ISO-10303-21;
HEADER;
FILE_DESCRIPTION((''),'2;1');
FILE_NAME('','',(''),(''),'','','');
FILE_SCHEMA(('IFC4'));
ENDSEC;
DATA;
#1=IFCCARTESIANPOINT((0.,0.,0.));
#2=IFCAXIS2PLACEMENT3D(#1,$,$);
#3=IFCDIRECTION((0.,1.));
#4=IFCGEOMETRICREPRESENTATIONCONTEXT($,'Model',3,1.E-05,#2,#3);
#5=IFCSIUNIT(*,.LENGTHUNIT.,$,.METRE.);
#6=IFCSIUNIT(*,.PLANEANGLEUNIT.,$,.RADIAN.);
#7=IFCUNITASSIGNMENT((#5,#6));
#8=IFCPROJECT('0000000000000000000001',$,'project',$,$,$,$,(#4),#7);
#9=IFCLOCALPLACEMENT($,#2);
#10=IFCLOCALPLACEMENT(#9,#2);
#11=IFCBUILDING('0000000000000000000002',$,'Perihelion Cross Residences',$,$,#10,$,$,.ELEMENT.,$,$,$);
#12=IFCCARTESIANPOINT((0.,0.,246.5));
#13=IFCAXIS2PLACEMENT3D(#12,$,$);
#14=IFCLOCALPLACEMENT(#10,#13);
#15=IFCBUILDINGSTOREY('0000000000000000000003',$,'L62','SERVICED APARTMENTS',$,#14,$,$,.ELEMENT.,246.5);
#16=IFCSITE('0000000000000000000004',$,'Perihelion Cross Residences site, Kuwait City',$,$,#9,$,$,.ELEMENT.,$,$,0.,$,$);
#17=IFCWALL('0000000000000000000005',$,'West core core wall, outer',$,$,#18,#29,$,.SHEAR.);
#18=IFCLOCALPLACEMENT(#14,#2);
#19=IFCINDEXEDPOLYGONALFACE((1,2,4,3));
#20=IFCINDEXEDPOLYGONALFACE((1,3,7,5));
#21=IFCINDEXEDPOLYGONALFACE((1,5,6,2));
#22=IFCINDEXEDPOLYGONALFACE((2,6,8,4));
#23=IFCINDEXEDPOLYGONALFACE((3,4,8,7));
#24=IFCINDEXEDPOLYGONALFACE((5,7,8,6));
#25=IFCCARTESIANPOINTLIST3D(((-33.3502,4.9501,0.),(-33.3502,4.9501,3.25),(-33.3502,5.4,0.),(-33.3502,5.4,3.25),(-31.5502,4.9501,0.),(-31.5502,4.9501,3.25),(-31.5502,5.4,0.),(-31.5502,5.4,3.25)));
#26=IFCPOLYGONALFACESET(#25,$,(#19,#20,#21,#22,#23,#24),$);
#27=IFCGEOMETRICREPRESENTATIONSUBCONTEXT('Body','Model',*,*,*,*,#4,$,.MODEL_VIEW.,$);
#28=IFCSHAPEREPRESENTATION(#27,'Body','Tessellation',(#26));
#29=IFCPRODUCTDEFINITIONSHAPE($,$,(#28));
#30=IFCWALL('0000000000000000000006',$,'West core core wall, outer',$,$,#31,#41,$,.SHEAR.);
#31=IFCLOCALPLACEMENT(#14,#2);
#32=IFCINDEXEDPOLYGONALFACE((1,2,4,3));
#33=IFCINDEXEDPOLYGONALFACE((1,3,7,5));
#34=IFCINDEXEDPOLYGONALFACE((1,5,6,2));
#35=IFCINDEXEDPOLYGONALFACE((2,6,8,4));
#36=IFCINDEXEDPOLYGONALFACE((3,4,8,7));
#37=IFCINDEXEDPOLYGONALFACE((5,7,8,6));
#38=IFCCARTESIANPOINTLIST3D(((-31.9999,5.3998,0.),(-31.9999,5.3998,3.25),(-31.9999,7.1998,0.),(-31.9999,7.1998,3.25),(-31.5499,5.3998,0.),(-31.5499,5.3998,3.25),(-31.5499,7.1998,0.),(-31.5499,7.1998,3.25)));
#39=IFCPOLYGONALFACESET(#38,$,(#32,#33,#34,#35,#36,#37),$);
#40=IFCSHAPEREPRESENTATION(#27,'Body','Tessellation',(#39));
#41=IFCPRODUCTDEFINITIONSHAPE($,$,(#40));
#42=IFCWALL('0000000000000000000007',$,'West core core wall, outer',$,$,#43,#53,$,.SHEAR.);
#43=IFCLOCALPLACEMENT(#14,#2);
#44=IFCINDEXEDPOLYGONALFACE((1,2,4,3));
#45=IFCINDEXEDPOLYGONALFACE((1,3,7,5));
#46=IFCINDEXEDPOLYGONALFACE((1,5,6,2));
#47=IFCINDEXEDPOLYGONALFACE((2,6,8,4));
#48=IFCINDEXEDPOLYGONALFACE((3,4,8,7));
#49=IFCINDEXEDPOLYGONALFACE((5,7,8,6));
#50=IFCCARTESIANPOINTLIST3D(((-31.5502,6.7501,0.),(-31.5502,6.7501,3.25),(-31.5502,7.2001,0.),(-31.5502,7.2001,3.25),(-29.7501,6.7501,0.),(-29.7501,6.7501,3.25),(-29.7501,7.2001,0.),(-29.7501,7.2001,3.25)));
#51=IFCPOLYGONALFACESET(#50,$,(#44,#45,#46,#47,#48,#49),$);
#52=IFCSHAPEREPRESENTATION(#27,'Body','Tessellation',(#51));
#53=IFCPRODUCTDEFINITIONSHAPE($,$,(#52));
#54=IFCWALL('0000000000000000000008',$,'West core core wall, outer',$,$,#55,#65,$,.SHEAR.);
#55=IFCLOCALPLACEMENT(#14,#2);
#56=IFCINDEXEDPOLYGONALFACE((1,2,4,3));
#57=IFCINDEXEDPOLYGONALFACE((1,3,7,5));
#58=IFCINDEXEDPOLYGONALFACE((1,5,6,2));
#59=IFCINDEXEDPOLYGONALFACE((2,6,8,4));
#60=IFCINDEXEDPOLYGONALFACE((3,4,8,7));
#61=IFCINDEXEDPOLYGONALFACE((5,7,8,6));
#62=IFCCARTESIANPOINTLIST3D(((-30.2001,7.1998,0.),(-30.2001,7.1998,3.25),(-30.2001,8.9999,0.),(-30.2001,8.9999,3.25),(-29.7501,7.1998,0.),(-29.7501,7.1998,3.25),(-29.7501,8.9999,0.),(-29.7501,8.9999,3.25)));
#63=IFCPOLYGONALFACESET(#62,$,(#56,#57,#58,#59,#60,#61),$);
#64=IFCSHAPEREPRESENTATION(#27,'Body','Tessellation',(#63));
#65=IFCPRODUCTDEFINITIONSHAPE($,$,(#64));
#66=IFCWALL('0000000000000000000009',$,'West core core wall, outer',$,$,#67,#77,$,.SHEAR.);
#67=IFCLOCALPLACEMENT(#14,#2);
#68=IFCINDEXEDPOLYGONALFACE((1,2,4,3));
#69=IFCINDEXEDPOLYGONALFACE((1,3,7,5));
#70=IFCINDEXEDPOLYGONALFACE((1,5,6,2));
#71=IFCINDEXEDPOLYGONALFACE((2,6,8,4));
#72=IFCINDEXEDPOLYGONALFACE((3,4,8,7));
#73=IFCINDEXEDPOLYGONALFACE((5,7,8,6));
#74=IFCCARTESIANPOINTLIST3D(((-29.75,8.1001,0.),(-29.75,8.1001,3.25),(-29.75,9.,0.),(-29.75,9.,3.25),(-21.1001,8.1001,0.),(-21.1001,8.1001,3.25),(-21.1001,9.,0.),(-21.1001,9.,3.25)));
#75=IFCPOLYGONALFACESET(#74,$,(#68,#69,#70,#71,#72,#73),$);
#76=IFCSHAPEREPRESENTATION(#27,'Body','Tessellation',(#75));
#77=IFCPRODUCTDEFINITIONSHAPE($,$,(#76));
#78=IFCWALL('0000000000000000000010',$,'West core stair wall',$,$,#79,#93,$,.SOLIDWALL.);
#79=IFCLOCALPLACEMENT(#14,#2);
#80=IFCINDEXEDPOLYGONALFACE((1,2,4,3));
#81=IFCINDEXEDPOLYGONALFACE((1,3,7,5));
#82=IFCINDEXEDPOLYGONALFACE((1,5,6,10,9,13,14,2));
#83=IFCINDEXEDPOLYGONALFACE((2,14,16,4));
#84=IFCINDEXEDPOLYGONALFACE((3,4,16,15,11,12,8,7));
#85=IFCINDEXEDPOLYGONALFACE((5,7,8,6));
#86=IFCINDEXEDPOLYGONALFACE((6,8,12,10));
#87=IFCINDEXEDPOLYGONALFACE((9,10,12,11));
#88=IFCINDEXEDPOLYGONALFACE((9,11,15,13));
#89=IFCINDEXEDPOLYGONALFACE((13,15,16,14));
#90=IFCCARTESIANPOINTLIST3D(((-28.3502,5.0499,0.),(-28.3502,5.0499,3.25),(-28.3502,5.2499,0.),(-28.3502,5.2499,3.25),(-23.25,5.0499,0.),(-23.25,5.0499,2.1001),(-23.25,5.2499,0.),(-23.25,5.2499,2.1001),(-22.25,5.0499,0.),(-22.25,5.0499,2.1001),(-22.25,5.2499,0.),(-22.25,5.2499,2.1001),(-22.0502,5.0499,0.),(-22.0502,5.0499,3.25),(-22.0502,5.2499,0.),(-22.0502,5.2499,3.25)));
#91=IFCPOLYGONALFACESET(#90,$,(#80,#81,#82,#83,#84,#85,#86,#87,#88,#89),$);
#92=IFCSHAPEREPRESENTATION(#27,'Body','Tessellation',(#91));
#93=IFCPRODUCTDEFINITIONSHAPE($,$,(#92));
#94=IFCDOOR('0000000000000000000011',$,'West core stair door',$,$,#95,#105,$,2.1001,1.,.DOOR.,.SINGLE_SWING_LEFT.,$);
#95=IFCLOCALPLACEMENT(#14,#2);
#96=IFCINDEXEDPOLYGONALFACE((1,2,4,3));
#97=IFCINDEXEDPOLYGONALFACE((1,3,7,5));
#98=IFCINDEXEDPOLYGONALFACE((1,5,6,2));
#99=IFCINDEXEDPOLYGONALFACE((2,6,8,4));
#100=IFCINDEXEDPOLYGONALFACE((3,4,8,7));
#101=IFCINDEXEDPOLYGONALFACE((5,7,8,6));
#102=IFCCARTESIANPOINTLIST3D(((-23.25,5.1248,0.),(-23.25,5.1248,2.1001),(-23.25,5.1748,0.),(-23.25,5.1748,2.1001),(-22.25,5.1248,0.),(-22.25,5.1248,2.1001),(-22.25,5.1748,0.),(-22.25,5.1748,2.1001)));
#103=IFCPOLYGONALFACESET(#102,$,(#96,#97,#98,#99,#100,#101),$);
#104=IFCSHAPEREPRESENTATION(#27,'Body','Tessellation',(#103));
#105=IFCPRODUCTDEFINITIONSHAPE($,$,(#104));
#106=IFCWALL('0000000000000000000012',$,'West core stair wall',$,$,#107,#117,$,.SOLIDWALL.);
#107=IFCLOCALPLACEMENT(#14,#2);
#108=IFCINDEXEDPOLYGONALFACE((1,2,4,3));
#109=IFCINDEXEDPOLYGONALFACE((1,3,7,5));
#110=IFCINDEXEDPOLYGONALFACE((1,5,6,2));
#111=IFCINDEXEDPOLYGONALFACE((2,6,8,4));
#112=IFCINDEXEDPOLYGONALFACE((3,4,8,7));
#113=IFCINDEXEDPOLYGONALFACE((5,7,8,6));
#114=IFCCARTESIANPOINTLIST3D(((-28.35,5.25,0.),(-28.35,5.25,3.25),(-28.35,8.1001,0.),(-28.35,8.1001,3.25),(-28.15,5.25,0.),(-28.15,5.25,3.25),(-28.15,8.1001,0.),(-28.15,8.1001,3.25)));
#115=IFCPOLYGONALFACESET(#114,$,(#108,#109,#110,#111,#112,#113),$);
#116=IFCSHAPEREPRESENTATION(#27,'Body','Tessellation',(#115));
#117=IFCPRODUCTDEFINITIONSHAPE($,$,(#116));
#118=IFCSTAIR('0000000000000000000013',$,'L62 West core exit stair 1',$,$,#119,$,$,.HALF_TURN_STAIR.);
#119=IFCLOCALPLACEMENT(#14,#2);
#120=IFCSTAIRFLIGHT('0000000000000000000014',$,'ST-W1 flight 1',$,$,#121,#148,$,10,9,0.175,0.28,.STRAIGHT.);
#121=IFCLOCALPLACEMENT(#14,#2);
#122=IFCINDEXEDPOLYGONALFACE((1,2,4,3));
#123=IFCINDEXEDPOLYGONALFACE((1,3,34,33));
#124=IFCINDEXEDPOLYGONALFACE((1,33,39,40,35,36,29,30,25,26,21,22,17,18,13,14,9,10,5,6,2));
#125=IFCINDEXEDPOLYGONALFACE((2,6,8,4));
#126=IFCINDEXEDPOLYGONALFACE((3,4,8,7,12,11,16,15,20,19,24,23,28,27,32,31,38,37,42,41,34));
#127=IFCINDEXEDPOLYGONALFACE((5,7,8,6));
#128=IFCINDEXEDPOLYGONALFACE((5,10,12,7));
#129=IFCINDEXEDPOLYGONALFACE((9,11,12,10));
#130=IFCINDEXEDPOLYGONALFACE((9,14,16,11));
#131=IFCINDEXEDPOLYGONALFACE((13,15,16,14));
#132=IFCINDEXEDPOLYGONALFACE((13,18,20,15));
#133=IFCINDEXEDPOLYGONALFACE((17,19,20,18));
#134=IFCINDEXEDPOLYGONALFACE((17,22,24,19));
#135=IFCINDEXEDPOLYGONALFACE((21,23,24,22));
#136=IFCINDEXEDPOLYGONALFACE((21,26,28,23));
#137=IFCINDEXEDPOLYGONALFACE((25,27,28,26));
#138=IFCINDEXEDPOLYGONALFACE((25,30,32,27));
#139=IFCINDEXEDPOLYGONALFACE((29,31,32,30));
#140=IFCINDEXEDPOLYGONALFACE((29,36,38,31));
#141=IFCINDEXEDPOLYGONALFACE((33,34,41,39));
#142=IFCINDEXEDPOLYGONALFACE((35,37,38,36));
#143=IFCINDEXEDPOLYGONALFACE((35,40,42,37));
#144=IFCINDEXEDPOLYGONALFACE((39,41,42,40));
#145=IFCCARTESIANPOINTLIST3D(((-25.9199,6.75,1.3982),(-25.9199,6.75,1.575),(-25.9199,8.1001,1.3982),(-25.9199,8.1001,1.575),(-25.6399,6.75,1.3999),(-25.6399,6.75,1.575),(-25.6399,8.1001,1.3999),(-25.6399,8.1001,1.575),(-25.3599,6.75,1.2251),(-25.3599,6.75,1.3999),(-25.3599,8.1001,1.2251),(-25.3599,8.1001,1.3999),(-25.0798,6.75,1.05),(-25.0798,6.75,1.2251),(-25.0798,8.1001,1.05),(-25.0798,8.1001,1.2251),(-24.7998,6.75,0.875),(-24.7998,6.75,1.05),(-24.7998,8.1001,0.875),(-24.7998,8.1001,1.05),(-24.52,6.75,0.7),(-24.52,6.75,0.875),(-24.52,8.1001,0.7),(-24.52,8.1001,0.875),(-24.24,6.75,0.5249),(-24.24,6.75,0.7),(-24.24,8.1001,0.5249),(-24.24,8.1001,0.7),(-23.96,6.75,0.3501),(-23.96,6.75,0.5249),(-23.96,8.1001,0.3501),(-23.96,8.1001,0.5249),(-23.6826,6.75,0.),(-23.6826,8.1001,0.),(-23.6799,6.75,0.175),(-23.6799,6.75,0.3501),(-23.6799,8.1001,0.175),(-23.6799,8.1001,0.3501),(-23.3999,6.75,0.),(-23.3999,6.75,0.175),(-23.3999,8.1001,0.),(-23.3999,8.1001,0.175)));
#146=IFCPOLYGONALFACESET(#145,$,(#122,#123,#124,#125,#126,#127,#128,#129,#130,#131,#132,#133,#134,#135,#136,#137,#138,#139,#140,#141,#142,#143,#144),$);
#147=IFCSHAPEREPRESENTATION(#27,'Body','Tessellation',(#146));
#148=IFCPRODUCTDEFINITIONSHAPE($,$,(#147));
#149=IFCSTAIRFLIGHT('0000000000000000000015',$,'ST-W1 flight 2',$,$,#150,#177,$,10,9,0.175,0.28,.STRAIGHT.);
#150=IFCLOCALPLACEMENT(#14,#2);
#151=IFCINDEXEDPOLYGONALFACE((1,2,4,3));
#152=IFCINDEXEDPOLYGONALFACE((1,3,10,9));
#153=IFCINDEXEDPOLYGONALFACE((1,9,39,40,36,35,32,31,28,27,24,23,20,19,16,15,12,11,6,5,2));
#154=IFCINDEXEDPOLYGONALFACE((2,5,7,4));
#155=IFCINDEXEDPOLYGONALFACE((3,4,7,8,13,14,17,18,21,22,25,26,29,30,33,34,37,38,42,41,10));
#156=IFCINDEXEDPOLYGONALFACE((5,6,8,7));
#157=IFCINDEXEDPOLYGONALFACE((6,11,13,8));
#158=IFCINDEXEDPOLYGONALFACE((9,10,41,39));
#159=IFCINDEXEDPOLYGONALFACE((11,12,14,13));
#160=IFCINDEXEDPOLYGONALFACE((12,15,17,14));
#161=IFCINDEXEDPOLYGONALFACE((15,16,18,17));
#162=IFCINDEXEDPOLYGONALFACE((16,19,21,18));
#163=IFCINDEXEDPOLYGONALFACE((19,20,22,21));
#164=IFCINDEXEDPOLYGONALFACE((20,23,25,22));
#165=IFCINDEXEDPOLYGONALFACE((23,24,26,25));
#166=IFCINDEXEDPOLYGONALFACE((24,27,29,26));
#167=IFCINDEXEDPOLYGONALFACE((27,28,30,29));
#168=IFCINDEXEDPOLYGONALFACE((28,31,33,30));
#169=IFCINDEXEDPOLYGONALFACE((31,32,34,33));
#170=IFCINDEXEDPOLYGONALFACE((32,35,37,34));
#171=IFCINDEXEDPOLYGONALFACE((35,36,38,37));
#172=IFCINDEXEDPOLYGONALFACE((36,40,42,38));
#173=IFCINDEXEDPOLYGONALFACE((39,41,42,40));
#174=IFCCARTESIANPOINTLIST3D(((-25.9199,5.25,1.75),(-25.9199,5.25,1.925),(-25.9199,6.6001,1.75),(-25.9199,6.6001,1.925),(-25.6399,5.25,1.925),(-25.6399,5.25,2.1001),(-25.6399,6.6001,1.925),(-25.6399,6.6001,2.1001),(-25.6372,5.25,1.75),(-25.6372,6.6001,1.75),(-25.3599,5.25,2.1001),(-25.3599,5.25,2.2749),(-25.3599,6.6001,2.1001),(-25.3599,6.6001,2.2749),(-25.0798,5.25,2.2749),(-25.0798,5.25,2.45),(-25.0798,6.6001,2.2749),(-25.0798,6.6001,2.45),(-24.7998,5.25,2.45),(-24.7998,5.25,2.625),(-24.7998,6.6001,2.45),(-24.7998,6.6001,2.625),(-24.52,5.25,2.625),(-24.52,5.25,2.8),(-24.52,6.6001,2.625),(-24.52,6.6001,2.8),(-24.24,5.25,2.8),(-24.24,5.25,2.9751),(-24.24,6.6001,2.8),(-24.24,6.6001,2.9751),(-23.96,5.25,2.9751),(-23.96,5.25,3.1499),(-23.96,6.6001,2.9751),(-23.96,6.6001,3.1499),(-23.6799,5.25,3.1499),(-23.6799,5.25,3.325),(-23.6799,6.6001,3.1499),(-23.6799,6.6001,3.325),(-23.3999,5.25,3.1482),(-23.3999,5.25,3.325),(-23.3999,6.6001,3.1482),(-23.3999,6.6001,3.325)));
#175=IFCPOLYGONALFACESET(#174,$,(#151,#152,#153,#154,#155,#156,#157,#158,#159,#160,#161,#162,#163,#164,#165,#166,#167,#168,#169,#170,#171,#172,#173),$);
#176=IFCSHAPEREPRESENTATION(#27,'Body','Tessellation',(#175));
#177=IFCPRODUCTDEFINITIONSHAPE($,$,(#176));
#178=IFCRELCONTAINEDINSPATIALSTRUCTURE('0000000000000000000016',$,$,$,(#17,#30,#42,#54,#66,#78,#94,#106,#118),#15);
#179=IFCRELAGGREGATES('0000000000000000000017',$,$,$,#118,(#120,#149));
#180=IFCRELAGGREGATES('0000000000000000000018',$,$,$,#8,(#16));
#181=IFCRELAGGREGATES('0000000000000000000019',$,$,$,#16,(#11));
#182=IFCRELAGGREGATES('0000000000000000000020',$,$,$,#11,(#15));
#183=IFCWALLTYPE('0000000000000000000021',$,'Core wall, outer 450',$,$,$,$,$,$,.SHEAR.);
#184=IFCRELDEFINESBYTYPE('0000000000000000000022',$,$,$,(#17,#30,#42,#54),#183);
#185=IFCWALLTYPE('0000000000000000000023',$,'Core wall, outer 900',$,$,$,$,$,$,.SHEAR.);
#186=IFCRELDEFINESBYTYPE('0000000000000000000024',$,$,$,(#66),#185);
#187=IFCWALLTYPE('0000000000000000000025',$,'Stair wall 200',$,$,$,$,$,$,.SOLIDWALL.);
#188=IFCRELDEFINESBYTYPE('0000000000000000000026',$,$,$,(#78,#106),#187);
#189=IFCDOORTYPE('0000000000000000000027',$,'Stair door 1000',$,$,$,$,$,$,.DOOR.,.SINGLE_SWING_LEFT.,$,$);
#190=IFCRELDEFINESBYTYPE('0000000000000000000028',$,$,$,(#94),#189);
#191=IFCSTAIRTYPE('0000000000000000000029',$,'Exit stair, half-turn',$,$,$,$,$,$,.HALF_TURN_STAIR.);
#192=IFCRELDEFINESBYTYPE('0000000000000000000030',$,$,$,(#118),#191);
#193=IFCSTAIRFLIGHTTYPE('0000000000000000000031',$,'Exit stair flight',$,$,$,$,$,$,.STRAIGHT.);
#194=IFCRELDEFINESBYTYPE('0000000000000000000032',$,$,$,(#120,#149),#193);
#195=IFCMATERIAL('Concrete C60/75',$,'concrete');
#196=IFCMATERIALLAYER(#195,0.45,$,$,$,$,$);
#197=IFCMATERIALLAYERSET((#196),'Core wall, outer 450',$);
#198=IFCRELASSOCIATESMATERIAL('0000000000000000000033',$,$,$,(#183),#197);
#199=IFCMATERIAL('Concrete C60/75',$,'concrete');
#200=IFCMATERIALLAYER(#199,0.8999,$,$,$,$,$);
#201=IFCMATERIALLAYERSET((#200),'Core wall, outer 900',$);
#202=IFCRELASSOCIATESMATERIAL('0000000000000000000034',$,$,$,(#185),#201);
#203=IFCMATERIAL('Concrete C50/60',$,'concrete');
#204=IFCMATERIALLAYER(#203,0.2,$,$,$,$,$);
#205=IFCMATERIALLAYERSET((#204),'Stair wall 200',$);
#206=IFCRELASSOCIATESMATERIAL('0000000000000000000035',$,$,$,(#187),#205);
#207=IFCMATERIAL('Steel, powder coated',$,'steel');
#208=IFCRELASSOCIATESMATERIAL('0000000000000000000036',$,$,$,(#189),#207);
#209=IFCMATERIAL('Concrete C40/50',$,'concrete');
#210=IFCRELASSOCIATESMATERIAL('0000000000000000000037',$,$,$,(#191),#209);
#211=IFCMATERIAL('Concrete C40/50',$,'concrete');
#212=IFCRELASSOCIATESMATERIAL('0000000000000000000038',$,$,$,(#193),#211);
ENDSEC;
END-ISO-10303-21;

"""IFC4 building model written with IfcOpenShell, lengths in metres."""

from ifc_helpers import new_model, si_unit, direction, frame, frame_2d, origin, place, context, subcontext, project, spatial, polyline, rectangle, outline, extrude, material, layer, layer_set, type_object, element, fill, aggregate, save


model = new_model("IFC4")

# Units and contexts
model_context = context("Model", 3, precision=1e-05, world=origin(), true_north=direction((0.0, 1.0)))
body_context = subcontext(model_context, "Body", "Model", "MODEL_VIEW")
ifc_project = project(units=[si_unit("LENGTHUNIT", "METRE"), si_unit("PLANEANGLEUNIT", "RADIAN")], contexts=[model_context])

# Site, building, storey
site_placement = place(None, origin())
site = spatial("IfcSite", under=ifc_project, at=site_placement, Name="Perihelion Cross Residences site, Kuwait City", CompositionType="ELEMENT", RefElevation=0.0)
building_placement = place(site_placement, origin())
building = spatial("IfcBuilding", under=site, at=building_placement, Name="Perihelion Cross Residences", CompositionType="ELEMENT")
storey_placement = place(building_placement, frame((0.0, 0.0, 246.5)))
storey = spatial("IfcBuildingStorey", under=building, at=storey_placement, Name="L62", Description="SERVICED APARTMENTS", CompositionType="ELEMENT", Elevation=246.5)

# Walls
ifc_material_1 = material(Name="Concrete C60/75", Category="concrete")
ifc_layer_1 = layer(ifc_material_1, 0.45)
ifc_layer_set_1 = layer_set([ifc_layer_1], Name="Core wall, outer 450")
wall_type_1 = type_object("IfcWallType", Name="Core wall, outer 450", PredefinedType="SHEAR", material=ifc_layer_set_1)
for number, where, z_axis, x_axis, name in (
    (1, (-33.3501, 5.175, 0.0), (0.0, 0.0, 1.0), (1.0, 0.0, 0.0), "West core core wall, outer"),
    (2, (-31.7749, 5.3999, 0.0), (0.0, 0.0, 1.0), (0.0, 1.0, 0.0), "West core core wall, outer"),
    (3, (-31.55, 6.9751, 0.0), (0.0, 0.0, 1.0), (1.0, 0.0, 0.0), "West core core wall, outer"),
    (4, (-29.9751, 7.2, 0.0), (0.0, 0.0, 1.0), (0.0, 1.0, 0.0), "West core core wall, outer"),
):
    element("IfcWall", number, at=place(storey_placement, frame(where, z_axis=z_axis, x_axis=x_axis)), inside=storey, type_object=wall_type_1, Name=name, PredefinedType="SHEAR", context=body_context, shape_type="SweptSolid", body=[
        extrude(rectangle(XDim=1.8, YDim=0.45, at=frame_2d((0.8999, 0.0))), origin(), (0.0, 0.0, 1.0), 3.25),
    ])
ifc_material_2 = material(Name="Concrete C60/75", Category="concrete")
ifc_layer_2 = layer(ifc_material_2, 0.8999)
ifc_layer_set_2 = layer_set([ifc_layer_2], Name="Core wall, outer 900")
wall_type_2 = type_object("IfcWallType", Name="Core wall, outer 900", PredefinedType="SHEAR", material=ifc_layer_set_2)
wall_1_placement = place(storey_placement, frame((-29.75, 8.55, 0.0), z_axis=(0.0, 0.0, 1.0), x_axis=(1.0, 0.0, 0.0)))
element("IfcWall", 5, at=wall_1_placement, inside=storey, type_object=wall_type_2, Name="West core core wall, outer", PredefinedType="SHEAR", context=body_context, shape_type="SweptSolid", body=[
    extrude(rectangle(XDim=8.6499, YDim=0.8999, at=frame_2d((4.325, 0.0))), origin(), (0.0, 0.0, 1.0), 3.25),
])

# Wall, opening, door
ifc_material_3 = material(Name="Concrete C50/60", Category="concrete")
ifc_layer_3 = layer(ifc_material_3, 0.2)
ifc_layer_set_3 = layer_set([ifc_layer_3], Name="Stair wall 200")
wall_type_3 = type_object("IfcWallType", Name="Stair wall 200", PredefinedType="SOLIDWALL", material=ifc_layer_set_3)
wall_2_placement = place(storey_placement, frame((-28.3501, 5.1499, 0.0), z_axis=(0.0, 0.0, 1.0), x_axis=(1.0, 0.0, 0.0)))
wall_2 = element("IfcWall", 6, at=wall_2_placement, inside=storey, type_object=wall_type_3, Name="West core stair wall", PredefinedType="SOLIDWALL", context=body_context, shape_type="SweptSolid", body=[
    extrude(rectangle(XDim=6.3, YDim=0.2, at=frame_2d((3.1499, 0.0))), origin(), (0.0, 0.0, 1.0), 3.25),
])
opening_placement = place(wall_2_placement, frame((5.1001, 0.0, 0.0)))
opening = element("IfcOpeningElement", 7, at=opening_placement, cuts=wall_2, PredefinedType="OPENING", context=body_context, shape_type="SweptSolid", body=[
    extrude(rectangle(XDim=1.0, YDim=2.1001, at=frame_2d((0.5, 1.05))), frame((0.0, 0.1099, 0.0), z_axis=(0.0, -1.0, 0.0), x_axis=(1.0, 0.0, 0.0)), (0.0, 0.0, 1.0), 0.22),
])
ifc_material_4 = material(Name="Steel, powder coated", Category="steel")
door_type = type_object("IfcDoorType", Name="Stair door 1000", OperationType="SINGLE_SWING_LEFT", PredefinedType="DOOR", material=ifc_material_4)
door_placement = place(opening_placement, origin())
door = element("IfcDoor", 8, at=door_placement, inside=storey, type_object=door_type, Name="West core stair door", OperationType="SINGLE_SWING_LEFT", OverallHeight=2.1001, OverallWidth=1.0, PredefinedType="DOOR", context=body_context, shape_type="SweptSolid", body=[
    extrude(rectangle(XDim=1.0, YDim=2.1001, at=frame_2d((0.5, 1.05))), frame((0.0, 0.0249, 0.0), z_axis=(0.0, -1.0, 0.0), x_axis=(1.0, 0.0, 0.0)), (0.0, 0.0, 1.0), 0.05),
])
fill(opening, door)

# Wall
wall_3_placement = place(storey_placement, frame((-28.25, 5.25, 0.0), z_axis=(0.0, 0.0, 1.0), x_axis=(0.0, 1.0, 0.0)))
element("IfcWall", 9, at=wall_3_placement, inside=storey, type_object=wall_type_3, Name="West core stair wall", PredefinedType="SOLIDWALL", context=body_context, shape_type="SweptSolid", body=[
    extrude(rectangle(XDim=2.8501, YDim=0.2, at=frame_2d((1.425, 0.0))), origin(), (0.0, 0.0, 1.0), 3.25),
])

# Stair, stair flights
ifc_material_5 = material(Name="Concrete C40/50", Category="concrete")
stair_type = type_object("IfcStairType", Name="Exit stair, half-turn", PredefinedType="HALF_TURN_STAIR", material=ifc_material_5)
stair_placement = place(storey_placement, origin())
stair = element("IfcStair", 10, at=stair_placement, inside=storey, type_object=stair_type, Name="L62 West core exit stair 1", PredefinedType="HALF_TURN_STAIR")
ifc_material_6 = material(Name="Concrete C40/50", Category="concrete")
stair_flight_type = type_object("IfcStairFlightType", Name="Exit stair flight", PredefinedType="STRAIGHT", material=ifc_material_6)
stair_flight_1_placement = place(storey_placement, frame((-23.3999, 7.425, 0.0), z_axis=(0.0, 0.0, 1.0), x_axis=(-1.0, 0.0, 0.0)))
stair_flight_1 = element("IfcStairFlight", 11, at=stair_flight_1_placement, type_object=stair_flight_type, Name="ST-W1 flight 1", NumberOfRisers=10, NumberOfTreads=9, PredefinedType="STRAIGHT", RiserHeight=0.175, TreadLength=0.28, context=body_context, shape_type="SweptSolid", body=[
    extrude(outline(polyline([(0.0, 0.0), (0.0, 0.175), (0.28, 0.175), (0.28, 0.3501), (0.5601, 0.3501), (0.5601, 0.5249), (0.8401, 0.5249), (0.8401, 0.7), (1.1201, 0.7), (1.1201, 0.875), (1.3999, 0.875), (1.3999, 1.05), (1.6799, 1.05), (1.6799, 1.2251), (1.96, 1.2251), (1.96, 1.3999), (2.24, 1.3999), (2.24, 1.575), (2.52, 1.575), (2.52, 1.75), (2.52, 1.3982), (0.2827, 0.0), (0.0, 0.0)])), frame((0.0, 0.675, 0.0), z_axis=(0.0, -1.0, 0.0), x_axis=(1.0, 0.0, 0.0)), (0.0, 0.0, 1.0), 1.3501),
])
stair_flight_2_placement = place(storey_placement, frame((-25.9199, 5.925, 1.75), z_axis=(0.0, 0.0, 1.0), x_axis=(1.0, 0.0, 0.0)))
stair_flight_2 = element("IfcStairFlight", 12, at=stair_flight_2_placement, type_object=stair_flight_type, Name="ST-W1 flight 2", NumberOfRisers=10, NumberOfTreads=9, PredefinedType="STRAIGHT", RiserHeight=0.175, TreadLength=0.28, context=body_context, shape_type="SweptSolid", body=[
    extrude(outline(polyline([(0.0, 0.0), (0.0, 0.175), (0.28, 0.175), (0.28, 0.3501), (0.5601, 0.3501), (0.5601, 0.5249), (0.8401, 0.5249), (0.8401, 0.7), (1.1201, 0.7), (1.1201, 0.875), (1.3999, 0.875), (1.3999, 1.05), (1.6799, 1.05), (1.6799, 1.2251), (1.96, 1.2251), (1.96, 1.3999), (2.24, 1.3999), (2.24, 1.575), (2.52, 1.575), (2.52, 1.75), (2.52, 1.3982), (0.2827, 0.0), (0.0, 0.0)])), frame((0.0, 0.675, 0.0), z_axis=(0.0, -1.0, 0.0), x_axis=(1.0, 0.0, 0.0)), (0.0, 0.0, 1.0), 1.3501),
])
aggregate(stair, [stair_flight_1, stair_flight_2])

save(model, "model.ifc")
